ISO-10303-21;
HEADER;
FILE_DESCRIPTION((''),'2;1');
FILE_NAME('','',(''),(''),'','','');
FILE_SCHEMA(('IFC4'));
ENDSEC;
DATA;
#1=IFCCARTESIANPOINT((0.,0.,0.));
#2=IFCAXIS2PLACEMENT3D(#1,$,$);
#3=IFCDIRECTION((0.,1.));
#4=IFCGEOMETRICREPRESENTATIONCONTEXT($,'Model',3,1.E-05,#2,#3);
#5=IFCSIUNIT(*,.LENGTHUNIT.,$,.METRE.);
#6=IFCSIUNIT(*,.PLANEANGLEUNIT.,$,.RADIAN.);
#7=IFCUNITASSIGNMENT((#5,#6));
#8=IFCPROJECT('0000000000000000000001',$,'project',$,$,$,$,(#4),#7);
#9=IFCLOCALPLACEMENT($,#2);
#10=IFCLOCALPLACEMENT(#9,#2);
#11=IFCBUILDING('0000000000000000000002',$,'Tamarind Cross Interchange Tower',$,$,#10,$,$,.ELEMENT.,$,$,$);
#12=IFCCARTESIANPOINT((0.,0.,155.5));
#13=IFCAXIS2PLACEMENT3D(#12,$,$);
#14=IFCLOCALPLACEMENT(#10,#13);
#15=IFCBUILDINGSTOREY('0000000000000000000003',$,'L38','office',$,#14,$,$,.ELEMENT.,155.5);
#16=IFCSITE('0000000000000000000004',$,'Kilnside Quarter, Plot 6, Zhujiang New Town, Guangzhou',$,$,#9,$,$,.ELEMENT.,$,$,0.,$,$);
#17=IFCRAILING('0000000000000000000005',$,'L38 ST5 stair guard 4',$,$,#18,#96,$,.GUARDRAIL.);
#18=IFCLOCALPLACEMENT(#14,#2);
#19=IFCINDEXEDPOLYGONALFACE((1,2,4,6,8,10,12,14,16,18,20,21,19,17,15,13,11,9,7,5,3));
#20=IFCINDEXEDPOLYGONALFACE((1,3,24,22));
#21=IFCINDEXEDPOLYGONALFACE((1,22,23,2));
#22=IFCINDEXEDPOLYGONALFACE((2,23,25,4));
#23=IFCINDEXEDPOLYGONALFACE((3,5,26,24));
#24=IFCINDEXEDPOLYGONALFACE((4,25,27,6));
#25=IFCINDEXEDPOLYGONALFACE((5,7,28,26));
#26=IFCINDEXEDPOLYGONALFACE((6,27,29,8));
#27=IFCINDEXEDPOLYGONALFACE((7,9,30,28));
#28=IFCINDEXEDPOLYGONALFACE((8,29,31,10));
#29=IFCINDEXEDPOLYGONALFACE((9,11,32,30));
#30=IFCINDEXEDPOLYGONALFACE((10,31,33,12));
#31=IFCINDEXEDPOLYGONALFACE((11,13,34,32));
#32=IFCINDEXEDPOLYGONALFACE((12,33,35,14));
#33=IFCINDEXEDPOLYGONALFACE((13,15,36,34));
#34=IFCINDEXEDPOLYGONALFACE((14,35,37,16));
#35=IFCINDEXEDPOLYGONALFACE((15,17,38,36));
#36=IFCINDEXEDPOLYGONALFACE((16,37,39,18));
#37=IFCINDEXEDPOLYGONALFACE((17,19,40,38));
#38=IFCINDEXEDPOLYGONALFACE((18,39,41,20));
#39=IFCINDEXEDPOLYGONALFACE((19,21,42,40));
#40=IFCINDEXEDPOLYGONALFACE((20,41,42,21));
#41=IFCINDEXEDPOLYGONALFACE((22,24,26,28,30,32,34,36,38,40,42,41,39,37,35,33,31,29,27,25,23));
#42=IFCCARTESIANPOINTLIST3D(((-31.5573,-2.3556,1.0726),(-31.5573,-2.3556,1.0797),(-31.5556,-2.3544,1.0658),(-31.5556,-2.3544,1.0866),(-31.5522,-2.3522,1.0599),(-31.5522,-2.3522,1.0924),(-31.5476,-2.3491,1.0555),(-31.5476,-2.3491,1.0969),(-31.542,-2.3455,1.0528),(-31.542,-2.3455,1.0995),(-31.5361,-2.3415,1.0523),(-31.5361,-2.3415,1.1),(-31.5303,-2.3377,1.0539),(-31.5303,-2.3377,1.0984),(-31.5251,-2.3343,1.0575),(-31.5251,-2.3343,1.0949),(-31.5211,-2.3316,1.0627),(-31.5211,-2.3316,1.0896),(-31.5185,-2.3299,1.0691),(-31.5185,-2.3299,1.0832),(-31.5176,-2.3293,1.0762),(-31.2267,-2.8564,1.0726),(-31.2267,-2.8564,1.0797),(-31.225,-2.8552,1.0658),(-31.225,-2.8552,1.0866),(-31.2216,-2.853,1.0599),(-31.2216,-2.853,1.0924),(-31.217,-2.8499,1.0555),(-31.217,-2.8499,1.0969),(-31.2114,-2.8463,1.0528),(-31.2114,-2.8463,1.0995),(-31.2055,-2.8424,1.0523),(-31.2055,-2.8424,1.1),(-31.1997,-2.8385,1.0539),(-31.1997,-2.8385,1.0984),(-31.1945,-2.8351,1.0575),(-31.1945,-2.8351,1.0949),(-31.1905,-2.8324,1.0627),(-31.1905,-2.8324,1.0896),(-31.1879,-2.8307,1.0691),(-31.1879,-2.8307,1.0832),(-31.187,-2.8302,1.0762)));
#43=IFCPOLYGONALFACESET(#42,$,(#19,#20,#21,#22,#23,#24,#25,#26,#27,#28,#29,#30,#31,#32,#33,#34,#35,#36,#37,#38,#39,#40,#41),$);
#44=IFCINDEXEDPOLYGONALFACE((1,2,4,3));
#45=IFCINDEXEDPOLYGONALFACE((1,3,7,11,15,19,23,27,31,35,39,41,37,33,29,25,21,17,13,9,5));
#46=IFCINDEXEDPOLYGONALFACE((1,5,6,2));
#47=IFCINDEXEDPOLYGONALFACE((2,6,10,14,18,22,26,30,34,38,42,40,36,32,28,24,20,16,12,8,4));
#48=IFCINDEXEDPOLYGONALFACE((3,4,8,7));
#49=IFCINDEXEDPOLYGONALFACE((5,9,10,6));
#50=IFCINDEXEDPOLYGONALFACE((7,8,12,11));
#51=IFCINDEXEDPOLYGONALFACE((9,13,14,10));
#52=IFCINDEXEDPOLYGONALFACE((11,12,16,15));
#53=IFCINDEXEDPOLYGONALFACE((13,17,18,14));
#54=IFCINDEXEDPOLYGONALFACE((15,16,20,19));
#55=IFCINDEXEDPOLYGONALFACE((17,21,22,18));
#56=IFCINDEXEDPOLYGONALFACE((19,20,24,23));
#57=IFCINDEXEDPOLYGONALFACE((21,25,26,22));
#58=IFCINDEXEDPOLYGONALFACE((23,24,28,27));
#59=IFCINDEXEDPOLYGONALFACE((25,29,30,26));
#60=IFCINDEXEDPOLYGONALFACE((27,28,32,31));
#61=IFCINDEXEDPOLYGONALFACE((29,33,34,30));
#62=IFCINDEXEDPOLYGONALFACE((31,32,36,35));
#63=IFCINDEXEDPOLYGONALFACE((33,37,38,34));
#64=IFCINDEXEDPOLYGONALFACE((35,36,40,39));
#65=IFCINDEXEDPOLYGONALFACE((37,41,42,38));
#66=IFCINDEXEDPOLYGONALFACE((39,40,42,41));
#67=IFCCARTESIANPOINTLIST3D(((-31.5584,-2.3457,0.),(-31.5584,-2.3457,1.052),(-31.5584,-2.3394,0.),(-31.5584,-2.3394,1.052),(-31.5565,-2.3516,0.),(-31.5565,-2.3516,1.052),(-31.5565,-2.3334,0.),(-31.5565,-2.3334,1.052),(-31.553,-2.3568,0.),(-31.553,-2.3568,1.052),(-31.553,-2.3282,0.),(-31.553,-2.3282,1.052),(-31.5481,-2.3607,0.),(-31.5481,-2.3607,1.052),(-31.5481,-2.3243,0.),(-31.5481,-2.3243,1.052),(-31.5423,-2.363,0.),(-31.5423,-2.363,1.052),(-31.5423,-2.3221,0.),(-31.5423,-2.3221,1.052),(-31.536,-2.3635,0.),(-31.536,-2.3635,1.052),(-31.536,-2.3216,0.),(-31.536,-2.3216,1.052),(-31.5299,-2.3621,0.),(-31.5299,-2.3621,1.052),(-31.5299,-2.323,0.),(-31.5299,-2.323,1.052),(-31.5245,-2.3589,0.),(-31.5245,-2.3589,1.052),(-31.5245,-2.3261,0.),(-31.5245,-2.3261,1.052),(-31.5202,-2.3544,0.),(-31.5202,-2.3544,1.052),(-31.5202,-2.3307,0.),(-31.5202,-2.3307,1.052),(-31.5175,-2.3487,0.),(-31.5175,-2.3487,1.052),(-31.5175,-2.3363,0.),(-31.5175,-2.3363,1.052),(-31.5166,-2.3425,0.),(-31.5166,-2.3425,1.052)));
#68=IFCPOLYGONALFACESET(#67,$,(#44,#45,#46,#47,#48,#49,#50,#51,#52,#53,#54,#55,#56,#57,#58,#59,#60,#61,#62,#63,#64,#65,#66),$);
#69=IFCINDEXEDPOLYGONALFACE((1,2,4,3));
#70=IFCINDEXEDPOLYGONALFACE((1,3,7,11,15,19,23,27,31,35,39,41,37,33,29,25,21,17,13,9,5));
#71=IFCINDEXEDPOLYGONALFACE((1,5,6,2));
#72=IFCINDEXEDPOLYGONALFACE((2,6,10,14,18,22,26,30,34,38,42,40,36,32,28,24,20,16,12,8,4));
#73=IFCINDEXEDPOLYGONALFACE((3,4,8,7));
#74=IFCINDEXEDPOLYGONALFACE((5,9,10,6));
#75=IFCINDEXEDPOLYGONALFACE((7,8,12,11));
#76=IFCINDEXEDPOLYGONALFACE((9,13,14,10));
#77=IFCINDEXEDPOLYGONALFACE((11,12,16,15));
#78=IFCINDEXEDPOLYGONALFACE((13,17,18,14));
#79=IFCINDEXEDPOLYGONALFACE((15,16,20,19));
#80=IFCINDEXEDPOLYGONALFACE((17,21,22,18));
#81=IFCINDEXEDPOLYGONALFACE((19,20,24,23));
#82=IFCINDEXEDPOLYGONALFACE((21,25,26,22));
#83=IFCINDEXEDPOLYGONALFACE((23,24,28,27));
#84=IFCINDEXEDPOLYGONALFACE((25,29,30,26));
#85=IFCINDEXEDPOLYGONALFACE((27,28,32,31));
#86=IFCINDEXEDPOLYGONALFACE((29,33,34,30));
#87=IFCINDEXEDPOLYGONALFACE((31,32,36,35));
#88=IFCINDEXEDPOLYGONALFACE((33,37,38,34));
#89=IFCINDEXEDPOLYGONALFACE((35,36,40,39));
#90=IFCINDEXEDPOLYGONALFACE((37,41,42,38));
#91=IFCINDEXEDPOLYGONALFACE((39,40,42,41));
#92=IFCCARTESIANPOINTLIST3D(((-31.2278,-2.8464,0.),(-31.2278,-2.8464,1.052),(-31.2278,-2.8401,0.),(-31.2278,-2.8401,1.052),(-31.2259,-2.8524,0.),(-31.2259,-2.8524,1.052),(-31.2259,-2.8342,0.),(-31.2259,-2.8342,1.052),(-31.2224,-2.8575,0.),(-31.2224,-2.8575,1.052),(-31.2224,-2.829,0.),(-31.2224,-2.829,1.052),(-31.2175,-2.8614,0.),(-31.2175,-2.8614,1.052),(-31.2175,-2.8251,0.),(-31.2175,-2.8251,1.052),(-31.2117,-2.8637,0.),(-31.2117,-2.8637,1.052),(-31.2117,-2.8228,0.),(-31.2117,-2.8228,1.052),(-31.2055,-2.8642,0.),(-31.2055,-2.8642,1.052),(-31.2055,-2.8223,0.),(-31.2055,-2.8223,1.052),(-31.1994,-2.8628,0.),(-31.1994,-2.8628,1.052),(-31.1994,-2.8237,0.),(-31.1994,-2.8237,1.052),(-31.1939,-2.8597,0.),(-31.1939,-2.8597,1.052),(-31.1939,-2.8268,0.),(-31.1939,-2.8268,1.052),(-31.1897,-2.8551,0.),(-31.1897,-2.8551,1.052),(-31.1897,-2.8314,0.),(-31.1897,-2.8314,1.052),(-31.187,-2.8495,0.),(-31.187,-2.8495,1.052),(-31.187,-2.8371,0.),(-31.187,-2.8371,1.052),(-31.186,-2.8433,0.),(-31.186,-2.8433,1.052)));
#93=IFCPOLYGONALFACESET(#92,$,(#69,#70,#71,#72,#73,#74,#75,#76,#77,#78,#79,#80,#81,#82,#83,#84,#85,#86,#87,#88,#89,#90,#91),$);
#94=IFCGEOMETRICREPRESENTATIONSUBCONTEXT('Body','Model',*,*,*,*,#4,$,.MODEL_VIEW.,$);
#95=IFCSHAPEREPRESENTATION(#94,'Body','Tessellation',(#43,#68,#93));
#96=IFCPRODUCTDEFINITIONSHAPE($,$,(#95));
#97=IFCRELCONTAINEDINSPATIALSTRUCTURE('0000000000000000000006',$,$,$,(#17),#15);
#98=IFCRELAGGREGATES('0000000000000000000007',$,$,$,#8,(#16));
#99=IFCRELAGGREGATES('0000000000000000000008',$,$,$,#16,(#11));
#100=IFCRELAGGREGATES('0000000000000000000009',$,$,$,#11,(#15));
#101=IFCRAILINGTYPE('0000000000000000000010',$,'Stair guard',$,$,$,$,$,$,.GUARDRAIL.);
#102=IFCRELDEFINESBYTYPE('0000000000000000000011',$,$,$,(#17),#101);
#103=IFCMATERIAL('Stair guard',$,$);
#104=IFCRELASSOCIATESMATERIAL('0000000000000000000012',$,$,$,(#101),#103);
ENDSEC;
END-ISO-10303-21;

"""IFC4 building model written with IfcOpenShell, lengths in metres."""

from ifc_helpers import new_model, si_unit, direction, frame, origin, origin_2d, place, context, subcontext, project, spatial, circle, extrude, material, type_object, element, save


model = new_model("IFC4")

# Units and contexts
model_context = context("Model", 3, precision=1e-05, world=origin(), true_north=direction((0.0, 1.0)))
body_context = subcontext(model_context, "Body", "Model", "MODEL_VIEW")
ifc_project = project(units=[si_unit("LENGTHUNIT", "METRE"), si_unit("PLANEANGLEUNIT", "RADIAN")], contexts=[model_context])

# Site, building, storey
site_placement = place(None, origin())
site = spatial("IfcSite", under=ifc_project, at=site_placement, Name="Kilnside Quarter, Plot 6, Zhujiang New Town, Guangzhou", CompositionType="ELEMENT", RefElevation=0.0)
building_placement = place(site_placement, origin())
building = spatial("IfcBuilding", under=site, at=building_placement, Name="Tamarind Cross Interchange Tower", CompositionType="ELEMENT")
storey_placement = place(building_placement, frame((0.0, 0.0, 155.5)))
storey = spatial("IfcBuildingStorey", under=building, at=storey_placement, Name="L38", Description="office", CompositionType="ELEMENT", Elevation=155.5)

# Railing
ifc_material_1 = material(Name="Stair guard")
railing_type_1 = type_object("IfcRailingType", Name="Stair guard", PredefinedType="GUARDRAIL", material=ifc_material_1)
railing_1_placement = place(storey_placement, frame((-31.5376, -2.3425, 0.0)))
element("IfcRailing", 1, at=railing_1_placement, inside=storey, type_object=railing_type_1, Name="L38 ST5 stair guard 4", PredefinedType="GUARDRAIL", context=body_context, shape_type="SweptSolid", body=[
    extrude(circle(Radius=0.0239, at=origin_2d()), frame((0.0, 0.0, 1.0762), z_axis=(0.550939, -0.834546, 0.0), x_axis=(0.834546, 0.550939, 0.0)), (0.0, 0.0, 1.0), 0.6001),
    extrude(circle(Radius=0.021, at=origin_2d()), origin(), (0.0, 0.0, 1.0), 1.052),
    extrude(circle(Radius=0.021, at=origin_2d()), frame((0.3306, -0.5007, 0.0)), (0.0, 0.0, 1.0), 1.052),
])

save(model, "model.ifc")
